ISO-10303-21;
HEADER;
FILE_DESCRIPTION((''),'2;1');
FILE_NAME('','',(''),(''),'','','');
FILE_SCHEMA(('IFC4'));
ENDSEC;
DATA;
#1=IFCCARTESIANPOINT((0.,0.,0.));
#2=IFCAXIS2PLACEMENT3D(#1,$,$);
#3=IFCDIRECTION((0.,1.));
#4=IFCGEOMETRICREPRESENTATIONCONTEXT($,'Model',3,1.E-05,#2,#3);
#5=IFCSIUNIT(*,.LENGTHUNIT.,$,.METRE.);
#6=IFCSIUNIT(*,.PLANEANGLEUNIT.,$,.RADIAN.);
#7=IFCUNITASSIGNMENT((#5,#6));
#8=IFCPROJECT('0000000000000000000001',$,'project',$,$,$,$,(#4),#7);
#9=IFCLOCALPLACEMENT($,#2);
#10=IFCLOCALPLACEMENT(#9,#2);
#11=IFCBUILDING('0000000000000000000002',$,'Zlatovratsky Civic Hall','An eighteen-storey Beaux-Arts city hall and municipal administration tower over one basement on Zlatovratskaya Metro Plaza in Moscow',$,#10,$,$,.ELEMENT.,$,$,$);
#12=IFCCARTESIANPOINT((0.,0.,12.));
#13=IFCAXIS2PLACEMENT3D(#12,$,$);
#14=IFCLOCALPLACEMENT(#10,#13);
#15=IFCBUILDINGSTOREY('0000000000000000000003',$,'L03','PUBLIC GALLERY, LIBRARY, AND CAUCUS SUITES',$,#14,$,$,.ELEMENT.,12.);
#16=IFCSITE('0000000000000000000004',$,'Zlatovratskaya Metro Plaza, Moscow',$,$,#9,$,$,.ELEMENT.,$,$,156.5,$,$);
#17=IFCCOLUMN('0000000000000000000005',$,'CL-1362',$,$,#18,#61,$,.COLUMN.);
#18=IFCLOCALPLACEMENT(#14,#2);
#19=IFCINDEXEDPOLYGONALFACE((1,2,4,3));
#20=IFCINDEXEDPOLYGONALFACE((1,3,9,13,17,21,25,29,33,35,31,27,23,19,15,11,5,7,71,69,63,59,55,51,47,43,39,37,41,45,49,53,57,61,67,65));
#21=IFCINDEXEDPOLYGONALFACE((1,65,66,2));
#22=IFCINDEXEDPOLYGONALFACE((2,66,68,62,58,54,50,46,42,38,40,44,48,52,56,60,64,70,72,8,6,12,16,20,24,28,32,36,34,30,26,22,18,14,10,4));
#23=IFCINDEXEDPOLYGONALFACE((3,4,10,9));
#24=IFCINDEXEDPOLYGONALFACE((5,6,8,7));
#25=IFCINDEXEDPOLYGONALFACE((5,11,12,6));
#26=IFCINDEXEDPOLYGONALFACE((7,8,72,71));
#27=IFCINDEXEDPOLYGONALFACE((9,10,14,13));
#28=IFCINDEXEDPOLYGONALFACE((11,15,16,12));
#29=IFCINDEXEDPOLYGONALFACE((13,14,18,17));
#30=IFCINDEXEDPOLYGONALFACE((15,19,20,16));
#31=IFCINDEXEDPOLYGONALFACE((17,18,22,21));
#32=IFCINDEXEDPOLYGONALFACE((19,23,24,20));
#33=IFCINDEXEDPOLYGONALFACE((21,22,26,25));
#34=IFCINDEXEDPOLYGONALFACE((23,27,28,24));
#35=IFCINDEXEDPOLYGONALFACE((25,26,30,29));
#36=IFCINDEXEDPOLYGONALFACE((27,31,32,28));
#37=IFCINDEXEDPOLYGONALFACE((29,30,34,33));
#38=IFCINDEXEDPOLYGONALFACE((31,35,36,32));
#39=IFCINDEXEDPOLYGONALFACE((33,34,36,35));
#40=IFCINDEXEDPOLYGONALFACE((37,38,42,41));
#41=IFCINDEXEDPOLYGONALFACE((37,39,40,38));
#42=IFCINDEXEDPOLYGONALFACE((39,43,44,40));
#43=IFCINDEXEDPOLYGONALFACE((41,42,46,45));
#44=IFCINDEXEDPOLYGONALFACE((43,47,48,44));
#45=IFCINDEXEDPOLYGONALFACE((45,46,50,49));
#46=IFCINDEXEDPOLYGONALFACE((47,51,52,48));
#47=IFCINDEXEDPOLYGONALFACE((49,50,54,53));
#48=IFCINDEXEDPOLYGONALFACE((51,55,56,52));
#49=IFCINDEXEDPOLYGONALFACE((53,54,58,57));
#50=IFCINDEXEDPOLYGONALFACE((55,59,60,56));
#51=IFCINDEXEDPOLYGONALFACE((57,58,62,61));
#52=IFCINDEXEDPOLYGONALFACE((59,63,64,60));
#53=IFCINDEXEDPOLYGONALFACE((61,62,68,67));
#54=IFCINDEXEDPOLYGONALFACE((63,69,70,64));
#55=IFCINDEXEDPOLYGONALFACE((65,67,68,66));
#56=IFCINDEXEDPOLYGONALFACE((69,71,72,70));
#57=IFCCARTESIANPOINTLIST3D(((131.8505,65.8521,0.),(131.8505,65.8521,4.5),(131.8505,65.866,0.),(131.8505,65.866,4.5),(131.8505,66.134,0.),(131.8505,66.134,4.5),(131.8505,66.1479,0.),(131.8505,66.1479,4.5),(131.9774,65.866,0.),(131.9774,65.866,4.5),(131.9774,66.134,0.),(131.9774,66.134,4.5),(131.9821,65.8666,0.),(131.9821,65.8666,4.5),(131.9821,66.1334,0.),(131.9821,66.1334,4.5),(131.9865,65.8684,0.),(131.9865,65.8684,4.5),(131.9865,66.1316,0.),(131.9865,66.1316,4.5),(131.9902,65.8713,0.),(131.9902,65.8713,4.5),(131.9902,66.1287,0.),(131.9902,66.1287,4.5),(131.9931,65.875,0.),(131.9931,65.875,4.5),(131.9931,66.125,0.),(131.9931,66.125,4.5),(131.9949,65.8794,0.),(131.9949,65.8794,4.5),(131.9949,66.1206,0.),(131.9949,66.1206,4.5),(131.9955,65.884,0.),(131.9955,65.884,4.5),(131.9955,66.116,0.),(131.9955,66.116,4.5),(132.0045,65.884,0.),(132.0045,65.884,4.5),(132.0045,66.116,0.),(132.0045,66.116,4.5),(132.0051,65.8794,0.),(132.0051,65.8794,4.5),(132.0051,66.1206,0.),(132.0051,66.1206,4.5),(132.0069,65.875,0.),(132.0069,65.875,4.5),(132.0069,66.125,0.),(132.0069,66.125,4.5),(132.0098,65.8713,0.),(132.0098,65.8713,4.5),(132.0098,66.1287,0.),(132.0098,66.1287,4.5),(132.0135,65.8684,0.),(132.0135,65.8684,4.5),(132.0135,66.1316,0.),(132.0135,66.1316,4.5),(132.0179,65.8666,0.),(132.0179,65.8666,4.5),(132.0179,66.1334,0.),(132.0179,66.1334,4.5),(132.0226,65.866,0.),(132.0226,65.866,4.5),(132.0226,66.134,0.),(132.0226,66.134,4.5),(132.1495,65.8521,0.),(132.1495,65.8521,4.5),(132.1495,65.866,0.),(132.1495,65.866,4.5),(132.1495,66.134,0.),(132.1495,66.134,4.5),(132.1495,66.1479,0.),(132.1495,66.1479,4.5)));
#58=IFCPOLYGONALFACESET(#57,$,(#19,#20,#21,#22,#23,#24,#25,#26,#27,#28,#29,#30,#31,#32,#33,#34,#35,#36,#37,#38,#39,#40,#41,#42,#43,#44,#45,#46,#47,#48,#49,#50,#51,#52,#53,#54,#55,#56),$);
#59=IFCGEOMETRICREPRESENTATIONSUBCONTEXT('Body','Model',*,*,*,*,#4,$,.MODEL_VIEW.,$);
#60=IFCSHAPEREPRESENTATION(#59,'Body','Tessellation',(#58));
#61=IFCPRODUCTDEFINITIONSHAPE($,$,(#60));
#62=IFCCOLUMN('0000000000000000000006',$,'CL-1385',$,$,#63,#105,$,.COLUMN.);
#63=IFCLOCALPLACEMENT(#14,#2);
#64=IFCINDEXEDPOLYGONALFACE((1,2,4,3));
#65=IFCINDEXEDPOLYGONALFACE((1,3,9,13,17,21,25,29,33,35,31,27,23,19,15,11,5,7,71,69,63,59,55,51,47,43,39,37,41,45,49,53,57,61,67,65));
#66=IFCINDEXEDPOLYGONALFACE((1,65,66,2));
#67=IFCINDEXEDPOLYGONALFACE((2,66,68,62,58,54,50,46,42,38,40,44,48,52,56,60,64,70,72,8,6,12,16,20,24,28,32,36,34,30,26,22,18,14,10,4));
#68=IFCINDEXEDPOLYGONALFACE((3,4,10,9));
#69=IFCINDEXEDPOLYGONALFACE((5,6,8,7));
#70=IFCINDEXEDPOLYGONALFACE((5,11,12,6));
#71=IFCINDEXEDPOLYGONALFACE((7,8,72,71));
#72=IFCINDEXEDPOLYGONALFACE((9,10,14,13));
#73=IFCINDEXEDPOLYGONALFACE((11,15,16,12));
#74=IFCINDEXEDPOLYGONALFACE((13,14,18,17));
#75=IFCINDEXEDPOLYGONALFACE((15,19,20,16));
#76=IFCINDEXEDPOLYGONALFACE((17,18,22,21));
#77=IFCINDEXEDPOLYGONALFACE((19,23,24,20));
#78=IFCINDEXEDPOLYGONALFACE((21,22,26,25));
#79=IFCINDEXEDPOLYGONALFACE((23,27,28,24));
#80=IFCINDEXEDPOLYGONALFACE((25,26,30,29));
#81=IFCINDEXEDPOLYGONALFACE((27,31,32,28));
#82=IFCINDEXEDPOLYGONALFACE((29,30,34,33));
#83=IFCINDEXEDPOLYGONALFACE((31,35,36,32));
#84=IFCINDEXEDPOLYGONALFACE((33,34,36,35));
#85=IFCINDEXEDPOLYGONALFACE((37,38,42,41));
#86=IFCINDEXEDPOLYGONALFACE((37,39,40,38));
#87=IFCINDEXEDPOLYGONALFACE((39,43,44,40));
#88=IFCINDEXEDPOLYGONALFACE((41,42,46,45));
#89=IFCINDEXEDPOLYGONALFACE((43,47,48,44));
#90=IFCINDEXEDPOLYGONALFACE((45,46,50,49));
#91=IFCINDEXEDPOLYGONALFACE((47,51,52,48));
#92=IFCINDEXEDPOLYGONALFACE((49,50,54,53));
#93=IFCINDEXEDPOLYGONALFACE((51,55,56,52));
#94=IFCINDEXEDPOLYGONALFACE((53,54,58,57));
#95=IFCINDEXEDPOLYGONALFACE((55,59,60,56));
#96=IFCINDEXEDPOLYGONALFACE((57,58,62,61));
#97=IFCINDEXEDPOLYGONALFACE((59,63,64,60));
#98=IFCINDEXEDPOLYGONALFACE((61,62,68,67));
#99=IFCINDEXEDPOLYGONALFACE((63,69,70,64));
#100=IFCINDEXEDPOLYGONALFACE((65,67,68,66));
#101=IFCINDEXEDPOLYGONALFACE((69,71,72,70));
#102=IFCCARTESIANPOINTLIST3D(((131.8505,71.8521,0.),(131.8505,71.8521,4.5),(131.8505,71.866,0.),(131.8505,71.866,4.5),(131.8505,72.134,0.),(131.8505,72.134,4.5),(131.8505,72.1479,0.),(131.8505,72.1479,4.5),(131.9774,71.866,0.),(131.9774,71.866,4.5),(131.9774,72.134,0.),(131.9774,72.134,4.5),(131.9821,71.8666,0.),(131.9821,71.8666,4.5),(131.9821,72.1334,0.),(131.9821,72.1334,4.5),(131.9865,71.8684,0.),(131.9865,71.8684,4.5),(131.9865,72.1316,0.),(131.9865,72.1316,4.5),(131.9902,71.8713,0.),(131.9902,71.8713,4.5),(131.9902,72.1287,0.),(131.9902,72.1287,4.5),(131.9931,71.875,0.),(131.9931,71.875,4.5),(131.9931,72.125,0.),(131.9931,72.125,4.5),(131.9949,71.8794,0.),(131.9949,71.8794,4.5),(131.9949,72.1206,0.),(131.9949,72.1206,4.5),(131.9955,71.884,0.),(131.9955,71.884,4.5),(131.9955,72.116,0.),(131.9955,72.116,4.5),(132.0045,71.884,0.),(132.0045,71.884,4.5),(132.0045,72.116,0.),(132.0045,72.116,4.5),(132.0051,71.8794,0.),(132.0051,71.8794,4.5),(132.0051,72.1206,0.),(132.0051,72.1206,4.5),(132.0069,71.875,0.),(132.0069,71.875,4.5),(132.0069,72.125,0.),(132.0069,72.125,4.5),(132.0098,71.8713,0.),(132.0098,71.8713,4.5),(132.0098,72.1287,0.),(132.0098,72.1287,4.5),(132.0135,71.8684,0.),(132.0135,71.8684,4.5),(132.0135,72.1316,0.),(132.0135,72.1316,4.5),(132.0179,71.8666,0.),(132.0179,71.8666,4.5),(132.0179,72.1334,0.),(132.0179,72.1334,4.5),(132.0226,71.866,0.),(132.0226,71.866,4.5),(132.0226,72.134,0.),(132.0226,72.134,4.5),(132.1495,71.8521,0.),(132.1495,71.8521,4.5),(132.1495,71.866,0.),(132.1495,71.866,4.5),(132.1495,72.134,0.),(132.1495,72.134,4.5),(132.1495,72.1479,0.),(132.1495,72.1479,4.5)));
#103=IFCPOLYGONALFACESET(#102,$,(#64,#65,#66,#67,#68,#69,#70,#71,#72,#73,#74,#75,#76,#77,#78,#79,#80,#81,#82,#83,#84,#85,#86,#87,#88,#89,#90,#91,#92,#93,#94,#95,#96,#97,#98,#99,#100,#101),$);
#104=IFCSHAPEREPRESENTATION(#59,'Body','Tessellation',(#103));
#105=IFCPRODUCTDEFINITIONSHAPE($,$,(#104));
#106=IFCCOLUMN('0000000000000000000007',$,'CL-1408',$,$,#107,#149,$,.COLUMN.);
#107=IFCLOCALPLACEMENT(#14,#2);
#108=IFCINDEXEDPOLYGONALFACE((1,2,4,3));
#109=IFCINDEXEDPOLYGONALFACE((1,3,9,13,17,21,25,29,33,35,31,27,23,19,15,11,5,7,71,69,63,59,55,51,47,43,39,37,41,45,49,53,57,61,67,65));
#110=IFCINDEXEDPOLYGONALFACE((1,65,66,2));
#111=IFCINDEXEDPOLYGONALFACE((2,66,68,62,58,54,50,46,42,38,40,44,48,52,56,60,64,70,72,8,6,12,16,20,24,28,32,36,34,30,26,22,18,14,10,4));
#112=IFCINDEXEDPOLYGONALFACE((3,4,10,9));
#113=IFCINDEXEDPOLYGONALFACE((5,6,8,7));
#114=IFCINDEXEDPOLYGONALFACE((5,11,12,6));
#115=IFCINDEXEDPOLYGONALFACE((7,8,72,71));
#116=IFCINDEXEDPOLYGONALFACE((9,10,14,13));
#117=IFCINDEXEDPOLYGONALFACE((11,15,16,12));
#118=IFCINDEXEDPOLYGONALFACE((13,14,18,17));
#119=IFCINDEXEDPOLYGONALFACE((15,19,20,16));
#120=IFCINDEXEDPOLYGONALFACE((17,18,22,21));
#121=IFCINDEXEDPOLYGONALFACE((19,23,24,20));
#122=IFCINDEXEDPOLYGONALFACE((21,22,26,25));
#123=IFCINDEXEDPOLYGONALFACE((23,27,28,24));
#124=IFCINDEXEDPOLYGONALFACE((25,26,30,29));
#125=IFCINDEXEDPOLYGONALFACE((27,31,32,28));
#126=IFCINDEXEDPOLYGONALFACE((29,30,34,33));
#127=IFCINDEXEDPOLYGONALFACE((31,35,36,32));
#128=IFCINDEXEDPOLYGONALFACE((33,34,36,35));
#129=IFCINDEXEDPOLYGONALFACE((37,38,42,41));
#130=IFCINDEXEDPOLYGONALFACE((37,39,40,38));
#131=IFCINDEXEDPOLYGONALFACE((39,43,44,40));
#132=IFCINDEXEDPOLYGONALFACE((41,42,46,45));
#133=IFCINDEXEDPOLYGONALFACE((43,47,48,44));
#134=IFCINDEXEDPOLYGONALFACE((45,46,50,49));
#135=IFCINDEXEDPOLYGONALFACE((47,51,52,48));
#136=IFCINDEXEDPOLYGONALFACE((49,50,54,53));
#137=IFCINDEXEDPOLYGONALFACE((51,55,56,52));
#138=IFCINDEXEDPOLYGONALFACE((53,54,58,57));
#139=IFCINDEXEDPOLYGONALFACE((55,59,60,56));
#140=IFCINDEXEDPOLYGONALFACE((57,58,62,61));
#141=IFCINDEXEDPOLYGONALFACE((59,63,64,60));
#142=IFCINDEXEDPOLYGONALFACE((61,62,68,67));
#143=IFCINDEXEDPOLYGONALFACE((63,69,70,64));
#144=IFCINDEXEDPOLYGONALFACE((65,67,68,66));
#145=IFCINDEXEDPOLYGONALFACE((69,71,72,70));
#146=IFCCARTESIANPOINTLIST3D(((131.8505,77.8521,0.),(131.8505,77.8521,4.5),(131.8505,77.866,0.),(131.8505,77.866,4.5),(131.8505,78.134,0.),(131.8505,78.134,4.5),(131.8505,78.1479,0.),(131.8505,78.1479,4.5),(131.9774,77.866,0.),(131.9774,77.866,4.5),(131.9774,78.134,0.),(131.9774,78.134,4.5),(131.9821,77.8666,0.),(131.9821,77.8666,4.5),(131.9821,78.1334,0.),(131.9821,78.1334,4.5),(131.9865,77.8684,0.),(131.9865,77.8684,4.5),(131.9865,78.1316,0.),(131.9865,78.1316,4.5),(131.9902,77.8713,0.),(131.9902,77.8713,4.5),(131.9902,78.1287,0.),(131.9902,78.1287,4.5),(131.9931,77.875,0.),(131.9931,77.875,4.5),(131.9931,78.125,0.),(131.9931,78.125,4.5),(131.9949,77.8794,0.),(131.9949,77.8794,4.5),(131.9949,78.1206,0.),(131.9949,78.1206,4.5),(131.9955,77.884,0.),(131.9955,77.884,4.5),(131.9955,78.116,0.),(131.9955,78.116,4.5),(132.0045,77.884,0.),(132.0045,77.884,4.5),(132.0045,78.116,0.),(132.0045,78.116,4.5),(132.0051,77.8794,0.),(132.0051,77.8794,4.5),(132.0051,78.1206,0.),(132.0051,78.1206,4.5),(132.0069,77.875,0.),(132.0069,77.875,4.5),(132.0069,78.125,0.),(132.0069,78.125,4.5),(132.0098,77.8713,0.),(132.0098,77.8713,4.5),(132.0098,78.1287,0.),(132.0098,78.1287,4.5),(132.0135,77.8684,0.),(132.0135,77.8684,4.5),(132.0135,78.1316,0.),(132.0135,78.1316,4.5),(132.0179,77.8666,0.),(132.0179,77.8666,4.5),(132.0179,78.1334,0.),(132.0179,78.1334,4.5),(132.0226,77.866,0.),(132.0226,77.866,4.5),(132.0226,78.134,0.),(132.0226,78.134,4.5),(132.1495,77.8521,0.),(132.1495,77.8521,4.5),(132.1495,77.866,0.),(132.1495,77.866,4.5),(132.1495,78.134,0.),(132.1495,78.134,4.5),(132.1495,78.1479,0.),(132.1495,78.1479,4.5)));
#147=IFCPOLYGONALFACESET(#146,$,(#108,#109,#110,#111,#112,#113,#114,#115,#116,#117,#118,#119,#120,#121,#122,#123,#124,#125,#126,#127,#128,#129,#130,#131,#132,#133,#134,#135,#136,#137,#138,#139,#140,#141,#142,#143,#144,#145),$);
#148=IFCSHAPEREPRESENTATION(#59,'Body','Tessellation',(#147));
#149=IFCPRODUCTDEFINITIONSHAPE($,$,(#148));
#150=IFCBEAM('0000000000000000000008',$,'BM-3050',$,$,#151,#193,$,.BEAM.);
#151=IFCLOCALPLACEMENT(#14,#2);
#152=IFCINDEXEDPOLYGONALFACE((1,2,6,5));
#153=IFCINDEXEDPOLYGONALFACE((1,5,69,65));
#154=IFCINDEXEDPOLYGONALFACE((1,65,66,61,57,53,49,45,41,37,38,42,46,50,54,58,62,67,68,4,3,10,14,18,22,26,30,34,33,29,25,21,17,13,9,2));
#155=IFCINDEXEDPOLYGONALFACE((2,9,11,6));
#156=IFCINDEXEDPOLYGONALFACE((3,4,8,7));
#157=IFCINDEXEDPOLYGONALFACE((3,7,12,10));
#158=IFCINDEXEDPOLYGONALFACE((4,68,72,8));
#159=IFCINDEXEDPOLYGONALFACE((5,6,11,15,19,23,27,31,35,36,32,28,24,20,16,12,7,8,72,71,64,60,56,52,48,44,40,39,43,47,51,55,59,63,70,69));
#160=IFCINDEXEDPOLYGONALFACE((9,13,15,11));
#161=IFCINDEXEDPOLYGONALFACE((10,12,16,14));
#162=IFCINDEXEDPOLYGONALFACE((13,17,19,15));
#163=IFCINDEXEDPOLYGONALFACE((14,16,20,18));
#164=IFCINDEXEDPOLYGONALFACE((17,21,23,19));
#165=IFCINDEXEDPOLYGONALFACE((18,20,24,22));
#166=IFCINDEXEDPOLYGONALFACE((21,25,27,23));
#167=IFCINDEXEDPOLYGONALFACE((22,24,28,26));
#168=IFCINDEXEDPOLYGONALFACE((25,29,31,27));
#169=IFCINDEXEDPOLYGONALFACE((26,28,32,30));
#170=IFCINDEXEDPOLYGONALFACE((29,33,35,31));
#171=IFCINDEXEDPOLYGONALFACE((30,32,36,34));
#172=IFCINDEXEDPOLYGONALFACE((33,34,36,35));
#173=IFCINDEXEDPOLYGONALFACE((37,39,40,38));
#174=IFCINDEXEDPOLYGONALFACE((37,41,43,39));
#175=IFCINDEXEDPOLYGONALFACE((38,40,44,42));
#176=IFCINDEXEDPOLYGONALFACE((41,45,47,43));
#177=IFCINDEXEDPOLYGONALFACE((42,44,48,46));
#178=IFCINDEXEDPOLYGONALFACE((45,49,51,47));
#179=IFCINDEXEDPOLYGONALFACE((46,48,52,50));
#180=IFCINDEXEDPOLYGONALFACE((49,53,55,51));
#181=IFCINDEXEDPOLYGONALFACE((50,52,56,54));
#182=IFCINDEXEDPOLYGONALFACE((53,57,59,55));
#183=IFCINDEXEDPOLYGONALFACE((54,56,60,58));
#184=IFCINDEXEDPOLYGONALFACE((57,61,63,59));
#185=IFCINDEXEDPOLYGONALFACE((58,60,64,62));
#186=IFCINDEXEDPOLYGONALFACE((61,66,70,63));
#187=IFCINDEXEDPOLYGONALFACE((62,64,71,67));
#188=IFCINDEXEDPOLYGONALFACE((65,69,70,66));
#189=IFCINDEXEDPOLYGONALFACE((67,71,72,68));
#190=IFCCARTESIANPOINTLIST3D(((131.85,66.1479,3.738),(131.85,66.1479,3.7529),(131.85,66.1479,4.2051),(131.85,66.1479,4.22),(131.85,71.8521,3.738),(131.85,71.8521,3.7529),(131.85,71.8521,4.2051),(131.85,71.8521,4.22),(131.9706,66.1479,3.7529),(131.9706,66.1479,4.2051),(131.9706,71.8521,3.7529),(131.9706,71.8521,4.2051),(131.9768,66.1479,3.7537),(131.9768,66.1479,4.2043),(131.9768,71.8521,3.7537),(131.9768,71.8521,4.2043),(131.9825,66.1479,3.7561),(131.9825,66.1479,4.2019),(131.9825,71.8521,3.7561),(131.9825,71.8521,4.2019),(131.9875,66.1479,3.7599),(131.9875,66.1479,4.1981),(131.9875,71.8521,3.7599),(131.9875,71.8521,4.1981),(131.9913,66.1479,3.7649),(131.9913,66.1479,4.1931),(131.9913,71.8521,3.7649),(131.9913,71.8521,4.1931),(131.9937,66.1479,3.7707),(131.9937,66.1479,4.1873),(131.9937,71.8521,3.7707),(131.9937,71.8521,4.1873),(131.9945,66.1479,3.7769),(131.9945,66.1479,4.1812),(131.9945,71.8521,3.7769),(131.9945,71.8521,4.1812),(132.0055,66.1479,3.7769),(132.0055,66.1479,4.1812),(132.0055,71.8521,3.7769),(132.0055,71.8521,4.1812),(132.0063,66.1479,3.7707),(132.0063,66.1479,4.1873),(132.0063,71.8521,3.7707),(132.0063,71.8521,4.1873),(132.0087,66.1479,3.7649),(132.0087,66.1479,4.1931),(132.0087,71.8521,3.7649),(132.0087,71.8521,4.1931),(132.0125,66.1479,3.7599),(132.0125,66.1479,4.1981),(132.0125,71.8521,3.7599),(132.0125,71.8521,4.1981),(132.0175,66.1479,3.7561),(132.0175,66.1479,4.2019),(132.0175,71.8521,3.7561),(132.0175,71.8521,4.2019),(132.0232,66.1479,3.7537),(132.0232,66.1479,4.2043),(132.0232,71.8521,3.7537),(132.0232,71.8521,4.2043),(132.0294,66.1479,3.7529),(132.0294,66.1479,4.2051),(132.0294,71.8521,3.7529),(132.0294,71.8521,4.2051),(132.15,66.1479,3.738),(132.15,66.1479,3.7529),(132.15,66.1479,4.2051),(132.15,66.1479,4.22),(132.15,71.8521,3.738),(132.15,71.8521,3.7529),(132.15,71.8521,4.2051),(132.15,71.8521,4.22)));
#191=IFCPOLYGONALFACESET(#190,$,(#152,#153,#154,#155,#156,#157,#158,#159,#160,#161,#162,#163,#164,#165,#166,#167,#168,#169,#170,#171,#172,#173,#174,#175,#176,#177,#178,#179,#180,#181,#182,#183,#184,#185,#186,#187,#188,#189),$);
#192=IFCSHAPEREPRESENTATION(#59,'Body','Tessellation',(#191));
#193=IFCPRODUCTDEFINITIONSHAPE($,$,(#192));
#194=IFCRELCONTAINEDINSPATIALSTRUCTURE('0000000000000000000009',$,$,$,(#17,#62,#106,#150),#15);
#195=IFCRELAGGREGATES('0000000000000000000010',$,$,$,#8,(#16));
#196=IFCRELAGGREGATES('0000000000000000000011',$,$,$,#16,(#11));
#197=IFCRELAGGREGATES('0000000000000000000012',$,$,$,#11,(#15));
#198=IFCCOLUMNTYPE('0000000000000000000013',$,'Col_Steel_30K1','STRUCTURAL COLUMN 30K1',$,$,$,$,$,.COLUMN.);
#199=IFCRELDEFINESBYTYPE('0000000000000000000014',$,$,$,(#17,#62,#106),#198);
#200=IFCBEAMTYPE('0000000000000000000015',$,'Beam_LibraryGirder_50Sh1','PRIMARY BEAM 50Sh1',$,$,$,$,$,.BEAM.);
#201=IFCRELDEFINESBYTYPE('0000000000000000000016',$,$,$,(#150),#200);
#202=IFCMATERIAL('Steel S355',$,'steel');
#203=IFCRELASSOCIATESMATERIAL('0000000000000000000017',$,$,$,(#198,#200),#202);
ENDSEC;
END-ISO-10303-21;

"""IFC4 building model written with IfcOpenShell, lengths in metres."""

from ifc_helpers import new_model, si_unit, direction, frame, origin, origin_2d, place, context, subcontext, project, spatial, i_section, extrude, material, material_profile, profile_set, type_object, element, save


model = new_model("IFC4")

# Units and contexts
model_context = context("Model", 3, precision=1e-05, world=origin(), true_north=direction((0.0, 1.0)))
body_context = subcontext(model_context, "Body", "Model", "MODEL_VIEW")
ifc_project = project(units=[si_unit("LENGTHUNIT", "METRE"), si_unit("PLANEANGLEUNIT", "RADIAN")], contexts=[model_context])

# Site, building, storey
site_placement = place(None, origin())
site = spatial("IfcSite", under=ifc_project, at=site_placement, Name="Zlatovratskaya Metro Plaza, Moscow", CompositionType="ELEMENT", RefElevation=156.5)
building_placement = place(site_placement, origin())
building = spatial("IfcBuilding", under=site, at=building_placement, Name="Zlatovratsky Civic Hall", Description="An eighteen-storey Beaux-Arts city hall and municipal administration tower over one basement on Zlatovratskaya Metro Plaza in Moscow", CompositionType="ELEMENT")
storey_placement = place(building_placement, frame((0.0, 0.0, 12.0)))
storey = spatial("IfcBuildingStorey", under=building, at=storey_placement, Name="L03", Description="PUBLIC GALLERY, LIBRARY, AND CAUCUS SUITES", CompositionType="ELEMENT", Elevation=12.0)

# Columns
ifc_material_1 = material(Name="Steel S355", Category="steel")
ifc_material_profile_1 = material_profile(ifc_material_1, i_section(OverallWidth=0.2991, OverallDepth=0.2959, WebThickness=0.009, FlangeThickness=0.0139, FilletRadius=0.0181, at=origin_2d()), Name="30K1")
ifc_profile_set_1 = profile_set([ifc_material_profile_1], Name="Steel S355")
column_type = type_object("IfcColumnType", Name="Col_Steel_30K1", Description="STRUCTURAL COLUMN 30K1", PredefinedType="COLUMN", material=ifc_profile_set_1)
for number, where, z_axis, x_axis, name in (
    (1, (132.0, 66.0, 0.0), (0.0, 0.0, 1.0), (1.0, 0.0, 0.0), "CL-1362"),
    (2, (132.0, 72.0, 0.0), (0.0, 0.0, 1.0), (1.0, 0.0, 0.0), "CL-1385"),
    (3, (132.0, 78.0, 0.0), (0.0, 0.0, 1.0), (1.0, 0.0, 0.0), "CL-1408"),
):
    element("IfcColumn", number, at=place(storey_placement, frame(where, z_axis=z_axis, x_axis=x_axis)), inside=storey, type_object=column_type, Name=name, PredefinedType="COLUMN", context=body_context, shape_type="SweptSolid", body=[
        extrude(i_section(OverallWidth=0.2991, OverallDepth=0.2959, WebThickness=0.009, FlangeThickness=0.0139, FilletRadius=0.0181, at=origin_2d()), origin(), (0.0, 0.0, 1.0), 4.5),
    ])

# Beam
ifc_material_profile_2 = material_profile(ifc_material_1, i_section(OverallWidth=0.3, OverallDepth=0.4819, WebThickness=0.011, FlangeThickness=0.0149, FilletRadius=0.0239, at=origin_2d()), Name="50Sh1")
ifc_profile_set_2 = profile_set([ifc_material_profile_2], Name="Steel S355")
beam_type_1 = type_object("IfcBeamType", Name="Beam_LibraryGirder_50Sh1", Description="PRIMARY BEAM 50Sh1", PredefinedType="BEAM", material=ifc_profile_set_2)
for number, where, z_axis, x_axis, name in (
    (4, (132.0, 66.1479, 3.979), (0.0, 1.0, 0.0), (-1.0, 0.0, 0.0), "BM-3050"),
):
    element("IfcBeam", number, at=place(storey_placement, frame(where, z_axis=z_axis, x_axis=x_axis)), inside=storey, type_object=beam_type_1, Name=name, PredefinedType="BEAM", context=body_context, shape_type="SweptSolid", body=[
        extrude(i_section(OverallWidth=0.3, OverallDepth=0.4819, WebThickness=0.011, FlangeThickness=0.0149, FilletRadius=0.0239, at=origin_2d()), origin(), (0.0, 0.0, 1.0), 5.7041),
    ])

save(model, "model.ifc")
